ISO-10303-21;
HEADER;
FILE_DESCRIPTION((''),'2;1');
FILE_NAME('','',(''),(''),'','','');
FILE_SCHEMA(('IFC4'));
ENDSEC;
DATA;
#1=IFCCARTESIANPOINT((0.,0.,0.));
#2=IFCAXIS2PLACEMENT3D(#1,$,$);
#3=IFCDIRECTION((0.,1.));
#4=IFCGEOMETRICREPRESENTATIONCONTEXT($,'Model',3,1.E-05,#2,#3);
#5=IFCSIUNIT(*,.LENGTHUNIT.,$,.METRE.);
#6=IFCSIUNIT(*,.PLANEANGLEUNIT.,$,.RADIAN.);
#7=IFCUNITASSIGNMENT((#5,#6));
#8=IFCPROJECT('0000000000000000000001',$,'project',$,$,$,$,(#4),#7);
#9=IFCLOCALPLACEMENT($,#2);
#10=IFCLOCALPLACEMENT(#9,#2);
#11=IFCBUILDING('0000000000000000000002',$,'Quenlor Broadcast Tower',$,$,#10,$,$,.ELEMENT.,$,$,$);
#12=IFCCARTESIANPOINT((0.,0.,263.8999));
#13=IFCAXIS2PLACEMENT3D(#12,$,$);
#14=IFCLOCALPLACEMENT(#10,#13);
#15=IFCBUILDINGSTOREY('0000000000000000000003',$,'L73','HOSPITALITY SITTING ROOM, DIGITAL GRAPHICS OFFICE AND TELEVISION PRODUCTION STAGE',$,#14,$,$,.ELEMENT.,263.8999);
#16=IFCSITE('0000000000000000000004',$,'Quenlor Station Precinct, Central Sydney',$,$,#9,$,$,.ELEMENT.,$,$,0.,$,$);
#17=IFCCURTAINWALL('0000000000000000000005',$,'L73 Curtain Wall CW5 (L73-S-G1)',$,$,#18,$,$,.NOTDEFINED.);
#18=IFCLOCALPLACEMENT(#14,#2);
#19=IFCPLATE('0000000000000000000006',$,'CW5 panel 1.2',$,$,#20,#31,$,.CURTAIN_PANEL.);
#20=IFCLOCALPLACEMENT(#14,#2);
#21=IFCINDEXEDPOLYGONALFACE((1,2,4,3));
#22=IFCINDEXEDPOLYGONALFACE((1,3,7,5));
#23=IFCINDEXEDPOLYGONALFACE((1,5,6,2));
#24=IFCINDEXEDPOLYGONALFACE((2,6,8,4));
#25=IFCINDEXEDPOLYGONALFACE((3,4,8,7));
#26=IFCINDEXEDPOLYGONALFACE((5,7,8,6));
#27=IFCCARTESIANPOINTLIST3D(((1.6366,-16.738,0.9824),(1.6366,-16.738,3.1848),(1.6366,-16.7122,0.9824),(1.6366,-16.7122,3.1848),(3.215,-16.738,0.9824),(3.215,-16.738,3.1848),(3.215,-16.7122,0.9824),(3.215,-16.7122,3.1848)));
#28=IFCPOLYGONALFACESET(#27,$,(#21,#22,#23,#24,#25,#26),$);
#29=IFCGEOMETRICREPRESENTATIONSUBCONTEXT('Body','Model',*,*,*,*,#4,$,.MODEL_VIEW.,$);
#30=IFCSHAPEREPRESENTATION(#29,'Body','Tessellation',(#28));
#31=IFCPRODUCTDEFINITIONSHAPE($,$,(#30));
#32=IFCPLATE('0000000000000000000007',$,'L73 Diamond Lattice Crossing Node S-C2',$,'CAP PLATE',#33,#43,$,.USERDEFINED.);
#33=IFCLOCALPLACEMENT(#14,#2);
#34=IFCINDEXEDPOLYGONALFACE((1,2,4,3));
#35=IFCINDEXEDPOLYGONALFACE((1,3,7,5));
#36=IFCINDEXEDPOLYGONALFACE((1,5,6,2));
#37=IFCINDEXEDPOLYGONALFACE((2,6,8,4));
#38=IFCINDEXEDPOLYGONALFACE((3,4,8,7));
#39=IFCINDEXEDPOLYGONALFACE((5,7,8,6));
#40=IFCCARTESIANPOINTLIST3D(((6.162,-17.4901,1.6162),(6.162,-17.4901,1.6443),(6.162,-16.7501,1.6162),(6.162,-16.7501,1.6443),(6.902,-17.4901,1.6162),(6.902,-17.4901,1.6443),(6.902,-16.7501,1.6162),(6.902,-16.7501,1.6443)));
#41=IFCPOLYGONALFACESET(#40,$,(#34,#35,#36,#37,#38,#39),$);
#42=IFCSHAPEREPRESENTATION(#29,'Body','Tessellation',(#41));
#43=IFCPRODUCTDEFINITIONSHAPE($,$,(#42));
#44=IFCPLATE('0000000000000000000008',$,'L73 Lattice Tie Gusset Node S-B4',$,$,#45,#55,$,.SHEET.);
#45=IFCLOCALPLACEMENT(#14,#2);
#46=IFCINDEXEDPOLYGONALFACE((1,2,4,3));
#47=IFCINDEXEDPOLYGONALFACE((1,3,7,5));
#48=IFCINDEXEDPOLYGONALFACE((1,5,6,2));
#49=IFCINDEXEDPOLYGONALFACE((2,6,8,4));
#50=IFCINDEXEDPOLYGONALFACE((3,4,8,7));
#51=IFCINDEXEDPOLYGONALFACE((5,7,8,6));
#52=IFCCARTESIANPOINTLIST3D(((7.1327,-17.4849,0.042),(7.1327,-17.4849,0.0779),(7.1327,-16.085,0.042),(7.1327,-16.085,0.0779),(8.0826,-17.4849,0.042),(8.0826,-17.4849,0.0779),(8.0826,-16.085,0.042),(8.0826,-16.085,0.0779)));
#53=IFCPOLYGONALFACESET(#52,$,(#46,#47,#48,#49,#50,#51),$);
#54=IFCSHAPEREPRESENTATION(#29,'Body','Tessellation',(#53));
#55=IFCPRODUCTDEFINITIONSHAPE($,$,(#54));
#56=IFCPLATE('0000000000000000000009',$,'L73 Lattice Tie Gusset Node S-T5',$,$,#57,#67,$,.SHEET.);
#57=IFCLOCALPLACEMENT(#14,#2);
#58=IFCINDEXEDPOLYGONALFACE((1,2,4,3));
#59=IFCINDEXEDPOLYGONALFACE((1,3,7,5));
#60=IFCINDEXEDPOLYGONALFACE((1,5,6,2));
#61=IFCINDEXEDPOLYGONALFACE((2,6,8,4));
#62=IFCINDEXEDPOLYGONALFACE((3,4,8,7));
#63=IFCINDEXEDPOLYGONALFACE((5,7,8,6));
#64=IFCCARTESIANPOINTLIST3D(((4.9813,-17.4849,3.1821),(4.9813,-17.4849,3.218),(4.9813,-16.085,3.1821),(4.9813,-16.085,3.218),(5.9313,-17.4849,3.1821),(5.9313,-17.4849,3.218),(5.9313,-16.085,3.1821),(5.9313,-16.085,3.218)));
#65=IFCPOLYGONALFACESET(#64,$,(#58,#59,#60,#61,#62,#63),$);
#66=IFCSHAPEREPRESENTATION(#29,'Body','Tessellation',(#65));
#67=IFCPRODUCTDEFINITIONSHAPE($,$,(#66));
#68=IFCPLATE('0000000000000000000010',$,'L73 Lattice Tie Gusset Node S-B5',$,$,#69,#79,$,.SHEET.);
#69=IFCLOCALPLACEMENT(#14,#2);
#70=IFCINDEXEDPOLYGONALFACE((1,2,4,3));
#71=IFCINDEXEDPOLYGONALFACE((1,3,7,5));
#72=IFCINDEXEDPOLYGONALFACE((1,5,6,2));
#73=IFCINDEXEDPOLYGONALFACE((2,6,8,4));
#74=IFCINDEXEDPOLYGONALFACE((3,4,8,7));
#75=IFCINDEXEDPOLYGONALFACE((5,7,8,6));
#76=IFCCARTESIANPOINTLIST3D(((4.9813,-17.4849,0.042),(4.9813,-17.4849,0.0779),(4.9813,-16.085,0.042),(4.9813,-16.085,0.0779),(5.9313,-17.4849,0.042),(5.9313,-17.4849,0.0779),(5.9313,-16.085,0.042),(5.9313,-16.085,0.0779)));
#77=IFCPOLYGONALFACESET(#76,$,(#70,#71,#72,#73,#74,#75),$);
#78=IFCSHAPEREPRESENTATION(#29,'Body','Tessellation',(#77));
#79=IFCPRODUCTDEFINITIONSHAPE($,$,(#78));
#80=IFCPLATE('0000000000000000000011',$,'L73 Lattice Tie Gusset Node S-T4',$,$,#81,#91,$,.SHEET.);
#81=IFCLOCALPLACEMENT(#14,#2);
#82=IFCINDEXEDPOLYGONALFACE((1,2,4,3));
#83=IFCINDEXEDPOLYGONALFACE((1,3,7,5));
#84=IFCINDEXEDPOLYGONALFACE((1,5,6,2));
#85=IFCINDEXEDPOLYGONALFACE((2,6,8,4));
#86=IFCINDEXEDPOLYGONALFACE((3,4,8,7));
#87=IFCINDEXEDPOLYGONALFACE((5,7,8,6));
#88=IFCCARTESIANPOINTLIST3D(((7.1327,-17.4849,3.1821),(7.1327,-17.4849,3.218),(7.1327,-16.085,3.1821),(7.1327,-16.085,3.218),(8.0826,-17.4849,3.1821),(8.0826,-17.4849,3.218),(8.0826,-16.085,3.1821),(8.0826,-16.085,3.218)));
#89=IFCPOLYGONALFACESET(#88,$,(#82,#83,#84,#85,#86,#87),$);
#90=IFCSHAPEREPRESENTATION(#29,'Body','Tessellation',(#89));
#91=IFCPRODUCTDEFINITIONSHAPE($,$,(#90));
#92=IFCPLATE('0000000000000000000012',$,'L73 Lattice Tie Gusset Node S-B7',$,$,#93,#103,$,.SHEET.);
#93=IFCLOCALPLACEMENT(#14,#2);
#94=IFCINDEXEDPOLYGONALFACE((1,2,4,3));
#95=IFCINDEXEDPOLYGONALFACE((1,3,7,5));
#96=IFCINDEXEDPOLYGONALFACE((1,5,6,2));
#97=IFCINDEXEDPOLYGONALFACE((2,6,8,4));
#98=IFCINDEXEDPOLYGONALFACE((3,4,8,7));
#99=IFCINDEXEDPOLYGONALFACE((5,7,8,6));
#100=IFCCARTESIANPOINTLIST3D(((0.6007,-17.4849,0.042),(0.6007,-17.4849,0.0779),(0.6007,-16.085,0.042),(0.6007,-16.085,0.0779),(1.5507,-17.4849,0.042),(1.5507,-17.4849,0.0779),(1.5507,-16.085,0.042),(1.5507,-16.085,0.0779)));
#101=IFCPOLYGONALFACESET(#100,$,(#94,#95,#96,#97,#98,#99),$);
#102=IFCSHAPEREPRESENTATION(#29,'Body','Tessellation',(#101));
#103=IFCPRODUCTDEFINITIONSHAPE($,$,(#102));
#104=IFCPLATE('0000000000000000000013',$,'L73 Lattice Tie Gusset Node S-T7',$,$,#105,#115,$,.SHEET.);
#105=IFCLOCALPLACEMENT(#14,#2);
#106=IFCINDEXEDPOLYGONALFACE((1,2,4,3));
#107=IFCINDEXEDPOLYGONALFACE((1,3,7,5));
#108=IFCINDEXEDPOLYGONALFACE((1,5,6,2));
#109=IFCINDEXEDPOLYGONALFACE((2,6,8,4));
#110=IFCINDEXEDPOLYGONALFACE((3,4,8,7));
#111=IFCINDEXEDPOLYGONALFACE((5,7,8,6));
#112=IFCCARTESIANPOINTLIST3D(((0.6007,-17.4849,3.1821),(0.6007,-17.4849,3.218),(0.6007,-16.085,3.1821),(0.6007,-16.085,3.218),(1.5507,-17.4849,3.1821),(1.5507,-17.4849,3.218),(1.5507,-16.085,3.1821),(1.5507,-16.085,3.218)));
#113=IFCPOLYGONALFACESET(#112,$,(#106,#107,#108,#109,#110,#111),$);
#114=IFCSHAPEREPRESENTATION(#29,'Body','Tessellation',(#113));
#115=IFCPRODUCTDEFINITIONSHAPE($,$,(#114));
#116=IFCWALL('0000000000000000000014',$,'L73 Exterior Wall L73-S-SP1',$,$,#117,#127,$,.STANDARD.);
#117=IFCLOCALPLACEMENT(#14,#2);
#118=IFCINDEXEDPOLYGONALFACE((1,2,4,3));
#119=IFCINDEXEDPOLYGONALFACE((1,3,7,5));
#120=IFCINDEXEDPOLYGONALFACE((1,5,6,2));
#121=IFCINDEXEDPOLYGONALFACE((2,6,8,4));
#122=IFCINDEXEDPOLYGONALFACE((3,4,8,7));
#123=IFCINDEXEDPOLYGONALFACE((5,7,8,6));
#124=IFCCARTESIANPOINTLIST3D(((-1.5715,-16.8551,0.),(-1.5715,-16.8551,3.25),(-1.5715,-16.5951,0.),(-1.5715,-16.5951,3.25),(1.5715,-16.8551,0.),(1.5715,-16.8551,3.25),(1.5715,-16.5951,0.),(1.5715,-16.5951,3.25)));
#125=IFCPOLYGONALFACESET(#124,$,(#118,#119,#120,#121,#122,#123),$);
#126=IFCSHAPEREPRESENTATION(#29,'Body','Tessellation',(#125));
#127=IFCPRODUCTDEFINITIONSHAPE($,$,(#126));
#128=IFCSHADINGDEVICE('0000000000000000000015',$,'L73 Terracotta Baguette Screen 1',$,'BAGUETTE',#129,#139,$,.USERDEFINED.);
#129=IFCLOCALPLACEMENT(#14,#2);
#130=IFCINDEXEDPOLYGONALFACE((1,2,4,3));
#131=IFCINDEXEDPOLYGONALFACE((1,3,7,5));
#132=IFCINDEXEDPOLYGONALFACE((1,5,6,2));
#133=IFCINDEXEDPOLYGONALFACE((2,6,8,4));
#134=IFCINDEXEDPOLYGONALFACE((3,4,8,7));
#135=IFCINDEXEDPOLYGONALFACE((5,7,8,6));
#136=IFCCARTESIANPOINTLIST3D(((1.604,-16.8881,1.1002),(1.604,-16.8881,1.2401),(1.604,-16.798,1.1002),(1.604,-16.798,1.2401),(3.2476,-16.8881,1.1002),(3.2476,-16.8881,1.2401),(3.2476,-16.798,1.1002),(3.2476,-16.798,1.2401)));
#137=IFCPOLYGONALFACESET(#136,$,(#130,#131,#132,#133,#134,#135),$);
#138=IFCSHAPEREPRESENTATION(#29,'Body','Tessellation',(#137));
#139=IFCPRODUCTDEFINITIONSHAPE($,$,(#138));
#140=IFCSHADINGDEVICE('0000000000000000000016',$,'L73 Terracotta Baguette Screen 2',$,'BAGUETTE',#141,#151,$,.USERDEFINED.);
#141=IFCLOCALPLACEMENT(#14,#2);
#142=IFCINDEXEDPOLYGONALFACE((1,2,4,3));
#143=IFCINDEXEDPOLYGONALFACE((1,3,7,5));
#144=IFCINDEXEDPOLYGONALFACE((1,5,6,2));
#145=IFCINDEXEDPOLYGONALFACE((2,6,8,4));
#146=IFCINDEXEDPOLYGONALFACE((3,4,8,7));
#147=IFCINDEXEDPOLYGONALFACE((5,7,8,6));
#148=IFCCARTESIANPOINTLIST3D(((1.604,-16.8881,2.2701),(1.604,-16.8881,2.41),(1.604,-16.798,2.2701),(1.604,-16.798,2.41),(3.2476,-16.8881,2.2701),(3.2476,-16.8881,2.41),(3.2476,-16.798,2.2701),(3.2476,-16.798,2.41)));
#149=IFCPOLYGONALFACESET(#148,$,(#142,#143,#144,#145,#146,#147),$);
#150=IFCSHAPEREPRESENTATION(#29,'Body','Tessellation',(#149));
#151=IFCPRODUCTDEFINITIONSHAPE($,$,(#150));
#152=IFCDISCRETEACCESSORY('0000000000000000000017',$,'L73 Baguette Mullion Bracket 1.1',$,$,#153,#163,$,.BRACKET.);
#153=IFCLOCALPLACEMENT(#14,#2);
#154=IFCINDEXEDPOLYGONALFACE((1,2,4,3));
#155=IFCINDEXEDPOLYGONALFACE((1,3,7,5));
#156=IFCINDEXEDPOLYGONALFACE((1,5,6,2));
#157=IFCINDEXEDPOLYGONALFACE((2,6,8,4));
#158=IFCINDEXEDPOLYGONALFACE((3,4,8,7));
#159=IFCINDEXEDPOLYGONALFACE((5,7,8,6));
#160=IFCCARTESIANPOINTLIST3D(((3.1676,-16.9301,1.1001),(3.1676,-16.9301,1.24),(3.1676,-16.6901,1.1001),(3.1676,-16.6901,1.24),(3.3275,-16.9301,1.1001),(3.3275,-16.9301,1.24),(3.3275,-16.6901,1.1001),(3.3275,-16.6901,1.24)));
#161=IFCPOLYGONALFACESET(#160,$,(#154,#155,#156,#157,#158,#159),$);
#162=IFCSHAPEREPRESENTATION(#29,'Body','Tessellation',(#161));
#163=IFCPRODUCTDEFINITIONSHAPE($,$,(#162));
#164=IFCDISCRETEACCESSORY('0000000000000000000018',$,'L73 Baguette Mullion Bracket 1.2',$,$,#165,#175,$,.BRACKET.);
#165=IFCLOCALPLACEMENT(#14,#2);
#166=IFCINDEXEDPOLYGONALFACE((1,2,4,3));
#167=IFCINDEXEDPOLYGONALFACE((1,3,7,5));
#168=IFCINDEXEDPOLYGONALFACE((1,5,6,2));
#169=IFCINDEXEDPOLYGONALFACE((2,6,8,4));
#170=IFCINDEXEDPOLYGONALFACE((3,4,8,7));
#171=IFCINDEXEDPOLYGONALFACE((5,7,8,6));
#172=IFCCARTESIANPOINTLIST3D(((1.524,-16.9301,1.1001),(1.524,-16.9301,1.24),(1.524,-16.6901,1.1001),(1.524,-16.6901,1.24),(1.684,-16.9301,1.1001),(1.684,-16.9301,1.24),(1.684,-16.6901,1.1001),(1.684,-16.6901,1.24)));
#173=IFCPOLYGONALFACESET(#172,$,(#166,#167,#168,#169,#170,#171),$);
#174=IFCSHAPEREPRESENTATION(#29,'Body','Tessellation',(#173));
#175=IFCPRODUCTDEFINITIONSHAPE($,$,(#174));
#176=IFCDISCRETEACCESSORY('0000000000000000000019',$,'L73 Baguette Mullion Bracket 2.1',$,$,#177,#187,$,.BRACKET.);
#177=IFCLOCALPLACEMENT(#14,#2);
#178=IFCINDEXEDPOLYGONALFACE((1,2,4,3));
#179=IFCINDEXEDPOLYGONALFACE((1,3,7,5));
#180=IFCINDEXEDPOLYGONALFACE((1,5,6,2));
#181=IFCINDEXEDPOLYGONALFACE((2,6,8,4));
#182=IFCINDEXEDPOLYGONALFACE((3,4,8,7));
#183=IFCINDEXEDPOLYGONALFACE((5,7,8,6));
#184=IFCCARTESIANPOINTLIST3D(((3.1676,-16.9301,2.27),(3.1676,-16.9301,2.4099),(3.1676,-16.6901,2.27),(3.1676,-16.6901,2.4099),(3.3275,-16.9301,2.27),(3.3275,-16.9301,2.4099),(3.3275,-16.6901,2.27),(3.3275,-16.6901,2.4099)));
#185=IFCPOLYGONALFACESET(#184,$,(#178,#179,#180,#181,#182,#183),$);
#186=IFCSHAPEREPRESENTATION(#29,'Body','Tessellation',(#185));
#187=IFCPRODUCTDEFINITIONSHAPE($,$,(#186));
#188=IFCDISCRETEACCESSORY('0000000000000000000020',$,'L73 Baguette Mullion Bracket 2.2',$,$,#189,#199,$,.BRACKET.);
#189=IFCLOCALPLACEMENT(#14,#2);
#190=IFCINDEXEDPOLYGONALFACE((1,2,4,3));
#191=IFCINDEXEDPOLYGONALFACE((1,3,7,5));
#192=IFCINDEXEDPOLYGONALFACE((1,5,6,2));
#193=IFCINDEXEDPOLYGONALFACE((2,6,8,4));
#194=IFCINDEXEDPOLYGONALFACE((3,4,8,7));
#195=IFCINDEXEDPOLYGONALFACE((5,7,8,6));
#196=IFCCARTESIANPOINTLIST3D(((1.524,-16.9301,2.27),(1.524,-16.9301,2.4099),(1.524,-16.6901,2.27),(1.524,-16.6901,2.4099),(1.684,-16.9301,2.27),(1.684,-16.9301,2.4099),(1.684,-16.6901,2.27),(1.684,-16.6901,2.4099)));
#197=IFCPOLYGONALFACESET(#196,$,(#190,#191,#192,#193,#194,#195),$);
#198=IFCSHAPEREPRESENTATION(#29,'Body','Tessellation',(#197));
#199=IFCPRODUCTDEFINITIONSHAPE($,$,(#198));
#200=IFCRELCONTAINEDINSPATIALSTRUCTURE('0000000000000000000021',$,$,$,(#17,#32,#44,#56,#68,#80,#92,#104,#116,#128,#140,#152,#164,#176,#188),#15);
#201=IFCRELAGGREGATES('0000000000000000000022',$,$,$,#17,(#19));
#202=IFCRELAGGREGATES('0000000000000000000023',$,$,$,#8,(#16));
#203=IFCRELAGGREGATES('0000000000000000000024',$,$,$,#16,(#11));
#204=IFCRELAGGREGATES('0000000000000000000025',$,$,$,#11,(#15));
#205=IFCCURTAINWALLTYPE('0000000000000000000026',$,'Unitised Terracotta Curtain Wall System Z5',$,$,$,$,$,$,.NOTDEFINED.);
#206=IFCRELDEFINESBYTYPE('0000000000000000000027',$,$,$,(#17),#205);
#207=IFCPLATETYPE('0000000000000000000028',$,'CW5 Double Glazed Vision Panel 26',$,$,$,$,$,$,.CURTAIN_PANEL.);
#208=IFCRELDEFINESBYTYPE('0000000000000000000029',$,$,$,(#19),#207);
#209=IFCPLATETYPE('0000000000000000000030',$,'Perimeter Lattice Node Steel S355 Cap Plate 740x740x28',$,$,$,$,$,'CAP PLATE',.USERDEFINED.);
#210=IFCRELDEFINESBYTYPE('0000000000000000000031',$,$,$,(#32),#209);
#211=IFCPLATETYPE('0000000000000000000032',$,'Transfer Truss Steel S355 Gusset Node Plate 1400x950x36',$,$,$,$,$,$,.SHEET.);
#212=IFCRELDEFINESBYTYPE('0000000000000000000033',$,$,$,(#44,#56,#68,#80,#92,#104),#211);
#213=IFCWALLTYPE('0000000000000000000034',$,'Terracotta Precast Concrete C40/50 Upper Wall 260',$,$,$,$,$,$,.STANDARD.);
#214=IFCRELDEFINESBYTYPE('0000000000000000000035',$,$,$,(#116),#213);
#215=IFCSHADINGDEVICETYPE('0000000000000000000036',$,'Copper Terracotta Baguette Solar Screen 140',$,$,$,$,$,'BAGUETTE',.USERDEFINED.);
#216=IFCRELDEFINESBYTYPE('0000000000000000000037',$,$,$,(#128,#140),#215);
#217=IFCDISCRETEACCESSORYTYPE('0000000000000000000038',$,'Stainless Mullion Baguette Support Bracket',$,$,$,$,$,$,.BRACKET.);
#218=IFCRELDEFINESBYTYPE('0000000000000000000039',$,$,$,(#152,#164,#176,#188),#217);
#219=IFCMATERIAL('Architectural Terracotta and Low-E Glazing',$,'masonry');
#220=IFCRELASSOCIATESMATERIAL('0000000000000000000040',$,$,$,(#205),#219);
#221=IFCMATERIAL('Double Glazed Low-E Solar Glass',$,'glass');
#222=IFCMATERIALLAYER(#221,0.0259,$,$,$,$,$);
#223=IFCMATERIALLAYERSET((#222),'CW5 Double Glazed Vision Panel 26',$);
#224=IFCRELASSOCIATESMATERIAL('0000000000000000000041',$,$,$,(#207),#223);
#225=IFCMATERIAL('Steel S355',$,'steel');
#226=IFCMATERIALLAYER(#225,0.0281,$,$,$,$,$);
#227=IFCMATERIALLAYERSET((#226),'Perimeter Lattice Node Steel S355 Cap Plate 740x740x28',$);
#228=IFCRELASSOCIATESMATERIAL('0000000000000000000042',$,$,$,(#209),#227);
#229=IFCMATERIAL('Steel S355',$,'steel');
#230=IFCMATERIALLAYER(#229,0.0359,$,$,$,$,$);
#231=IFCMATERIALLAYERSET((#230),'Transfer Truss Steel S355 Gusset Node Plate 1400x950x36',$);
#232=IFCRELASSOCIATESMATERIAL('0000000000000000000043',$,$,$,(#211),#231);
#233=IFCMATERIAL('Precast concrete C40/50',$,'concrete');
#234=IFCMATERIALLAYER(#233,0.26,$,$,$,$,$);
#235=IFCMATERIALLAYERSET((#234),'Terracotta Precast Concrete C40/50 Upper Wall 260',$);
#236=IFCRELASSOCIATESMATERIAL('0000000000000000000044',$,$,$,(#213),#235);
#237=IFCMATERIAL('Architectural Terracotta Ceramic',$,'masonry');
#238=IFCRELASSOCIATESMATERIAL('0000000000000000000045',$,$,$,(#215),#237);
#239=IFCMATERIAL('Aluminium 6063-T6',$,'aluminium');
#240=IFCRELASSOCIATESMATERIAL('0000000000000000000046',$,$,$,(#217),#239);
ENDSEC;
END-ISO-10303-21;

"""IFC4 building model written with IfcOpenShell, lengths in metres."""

from ifc_helpers import new_model, si_unit, direction, frame, frame_2d, origin, origin_2d, place, context, subcontext, project, spatial, rectangle, extrude, material, layer, layer_set, material_profile, profile_set, type_object, element, aggregate, save


model = new_model("IFC4")

# Units and contexts
model_context = context("Model", 3, precision=1e-05, world=origin(), true_north=direction((0.0, 1.0)))
body_context = subcontext(model_context, "Body", "Model", "MODEL_VIEW")
ifc_project = project(units=[si_unit("LENGTHUNIT", "METRE"), si_unit("PLANEANGLEUNIT", "RADIAN")], contexts=[model_context])

# Site, building, storey
site_placement = place(None, origin())
site = spatial("IfcSite", under=ifc_project, at=site_placement, Name="Quenlor Station Precinct, Central Sydney", CompositionType="ELEMENT", RefElevation=0.0)
building_placement = place(site_placement, origin())
building = spatial("IfcBuilding", under=site, at=building_placement, Name="Quenlor Broadcast Tower", CompositionType="ELEMENT")
storey_placement = place(building_placement, frame((0.0, 0.0, 263.8999)))
storey = spatial("IfcBuildingStorey", under=building, at=storey_placement, Name="L73", Description="HOSPITALITY SITTING ROOM, DIGITAL GRAPHICS OFFICE AND TELEVISION PRODUCTION STAGE", CompositionType="ELEMENT", Elevation=263.8999)

# Curtain wall
ifc_material_1 = material(Name="Architectural Terracotta and Low-E Glazing", Category="masonry")
curtain_wall_type = type_object("IfcCurtainWallType", Name="Unitised Terracotta Curtain Wall System Z5", PredefinedType="NOTDEFINED", material=ifc_material_1)
curtain_wall_placement = place(storey_placement, origin())
curtain_wall = element("IfcCurtainWall", 1, at=curtain_wall_placement, inside=storey, type_object=curtain_wall_type, Name="L73 Curtain Wall CW5 (L73-S-G1)", PredefinedType="NOTDEFINED")

# Plate
ifc_material_2 = material(Name="Double Glazed Low-E Solar Glass", Category="glass")
ifc_layer_1 = layer(ifc_material_2, 0.0259)
ifc_layer_set_1 = layer_set([ifc_layer_1], Name="CW5 Double Glazed Vision Panel 26")
plate_type_1 = type_object("IfcPlateType", Name="CW5 Double Glazed Vision Panel 26", PredefinedType="CURTAIN_PANEL", material=ifc_layer_set_1)
plate_1_placement = place(storey_placement, frame((2.4258, -16.7251, 0.9824), z_axis=(0.0, 0.0, 1.0), x_axis=(-1.0, 0.0, 0.0)))
plate_1 = element("IfcPlate", 2, at=plate_1_placement, type_object=plate_type_1, Name="CW5 panel 1.2", PredefinedType="CURTAIN_PANEL", context=body_context, shape_type="SweptSolid", body=[
    extrude(rectangle(XDim=1.5784, YDim=0.0259, at=origin_2d()), origin(), (0.0, 0.0, 1.0), 2.2024),
])
aggregate(curtain_wall, [plate_1])

# Plates
ifc_material_3 = material(Name="Steel S355", Category="steel")
ifc_layer_2 = layer(ifc_material_3, 0.0281)
ifc_layer_set_2 = layer_set([ifc_layer_2], Name="Perimeter Lattice Node Steel S355 Cap Plate 740x740x28")
plate_type_2 = type_object("IfcPlateType", Name="Perimeter Lattice Node Steel S355 Cap Plate 740x740x28", ElementType="CAP PLATE", PredefinedType="USERDEFINED", material=ifc_layer_set_2)
plate_2_placement = place(storey_placement, frame((6.532, -17.1201, 1.6162), z_axis=(0.0, 0.0, 1.0), x_axis=(-1.0, 0.0, 0.0)))
element("IfcPlate", 3, at=plate_2_placement, inside=storey, type_object=plate_type_2, Name="L73 Diamond Lattice Crossing Node S-C2", ObjectType="CAP PLATE", PredefinedType="USERDEFINED", context=body_context, shape_type="SweptSolid", body=[
    extrude(rectangle(XDim=0.74, YDim=0.74, at=origin_2d()), origin(), (0.0, 0.0, 1.0), 0.0281),
])
ifc_material_4 = material(Name="Steel S355", Category="steel")
ifc_layer_3 = layer(ifc_material_4, 0.0359)
ifc_layer_set_3 = layer_set([ifc_layer_3], Name="Transfer Truss Steel S355 Gusset Node Plate 1400x950x36")
plate_type_3 = type_object("IfcPlateType", Name="Transfer Truss Steel S355 Gusset Node Plate 1400x950x36", PredefinedType="SHEET", material=ifc_layer_set_3)
for number, where, z_axis, x_axis, name in (
    (4, (7.6077, -16.7849, 0.042), (0.0, 0.0, 1.0), (0.0, -1.0, 0.0), "L73 Lattice Tie Gusset Node S-B4"),
    (5, (5.4563, -16.7849, 3.1821), (0.0, 0.0, 1.0), (0.0, -1.0, 0.0), "L73 Lattice Tie Gusset Node S-T5"),
    (6, (5.4563, -16.7849, 0.042), (0.0, 0.0, 1.0), (0.0, -1.0, 0.0), "L73 Lattice Tie Gusset Node S-B5"),
    (7, (7.6077, -16.7849, 3.1821), (0.0, 0.0, 1.0), (0.0, -1.0, 0.0), "L73 Lattice Tie Gusset Node S-T4"),
    (8, (1.0757, -16.7849, 0.042), (0.0, 0.0, 1.0), (0.0, -1.0, 0.0), "L73 Lattice Tie Gusset Node S-B7"),
    (9, (1.0757, -16.7849, 3.1821), (0.0, 0.0, 1.0), (0.0, -1.0, 0.0), "L73 Lattice Tie Gusset Node S-T7"),
):
    element("IfcPlate", number, at=place(storey_placement, frame(where, z_axis=z_axis, x_axis=x_axis)), inside=storey, type_object=plate_type_3, Name=name, PredefinedType="SHEET", context=body_context, shape_type="SweptSolid", body=[
        extrude(rectangle(XDim=1.3999, YDim=0.95, at=origin_2d()), origin(), (0.0, 0.0, 1.0), 0.0359),
    ])

# Wall
ifc_material_5 = material(Name="Precast concrete C40/50", Category="concrete")
ifc_layer_4 = layer(ifc_material_5, 0.26)
ifc_layer_set_4 = layer_set([ifc_layer_4], Name="Terracotta Precast Concrete C40/50 Upper Wall 260")
wall_type = type_object("IfcWallType", Name="Terracotta Precast Concrete C40/50 Upper Wall 260", PredefinedType="STANDARD", material=ifc_layer_set_4)
wall_placement = place(storey_placement, frame((1.5715, -16.7251, 0.0), z_axis=(0.0, 0.0, 1.0), x_axis=(-1.0, 0.0, 0.0)))
element("IfcWall", 10, at=wall_placement, inside=storey, type_object=wall_type, Name="L73 Exterior Wall L73-S-SP1", PredefinedType="STANDARD", context=body_context, shape_type="SweptSolid", body=[
    extrude(rectangle(XDim=3.1431, YDim=0.26, at=frame_2d((1.5715, 0.0))), origin(), (0.0, 0.0, 1.0), 3.25),
])

# Shading devices
ifc_material_6 = material(Name="Architectural Terracotta Ceramic", Category="masonry")
ifc_material_profile_1 = material_profile(ifc_material_6, rectangle(XDim=0.0901, YDim=0.1399, at=origin_2d()))
ifc_profile_set_1 = profile_set([ifc_material_profile_1], Name="Architectural Terracotta Ceramic BAG90x140")
shading_device_type = type_object("IfcShadingDeviceType", Name="Copper Terracotta Baguette Solar Screen 140", ElementType="BAGUETTE", PredefinedType="USERDEFINED", material=ifc_profile_set_1)
for number, where, z_axis, x_axis, name in (
    (11, (3.2476, -16.843, 1.1702), (-1.0, 0.0, 0.0), (0.0, -1.0, 0.0), "L73 Terracotta Baguette Screen 1"),
    (12, (3.2476, -16.843, 2.3401), (-1.0, 0.0, 0.0), (0.0, -1.0, 0.0), "L73 Terracotta Baguette Screen 2"),
):
    element("IfcShadingDevice", number, at=place(storey_placement, frame(where, z_axis=z_axis, x_axis=x_axis)), inside=storey, type_object=shading_device_type, Name=name, ObjectType="BAGUETTE", PredefinedType="USERDEFINED", context=body_context, shape_type="SweptSolid", body=[
        extrude(rectangle(XDim=0.0901, YDim=0.1399, at=origin_2d()), origin(), (0.0, 0.0, 1.0), 1.6436),
    ])

# Discrete accessories
ifc_material_7 = material(Name="Aluminium 6063-T6", Category="aluminium")
discrete_accessory_type = type_object("IfcDiscreteAccessoryType", Name="Stainless Mullion Baguette Support Bracket", PredefinedType="BRACKET", material=ifc_material_7)
for number, where, z_axis, x_axis, name in (
    (13, (3.2476, -16.8101, 1.1001), (0.0, 0.0, 1.0), (-1.0, 0.0, 0.0), "L73 Baguette Mullion Bracket 1.1"),
    (14, (1.604, -16.8101, 1.1001), (0.0, 0.0, 1.0), (-1.0, 0.0, 0.0), "L73 Baguette Mullion Bracket 1.2"),
    (15, (3.2476, -16.8101, 2.27), (0.0, 0.0, 1.0), (-1.0, 0.0, 0.0), "L73 Baguette Mullion Bracket 2.1"),
    (16, (1.604, -16.8101, 2.27), (0.0, 0.0, 1.0), (-1.0, 0.0, 0.0), "L73 Baguette Mullion Bracket 2.2"),
):
    element("IfcDiscreteAccessory", number, at=place(storey_placement, frame(where, z_axis=z_axis, x_axis=x_axis)), inside=storey, type_object=discrete_accessory_type, Name=name, PredefinedType="BRACKET", context=body_context, shape_type="SweptSolid", body=[
        extrude(rectangle(XDim=0.1599, YDim=0.24, at=origin_2d()), origin(), (0.0, 0.0, 1.0), 0.1399),
    ])

save(model, "model.ifc")
